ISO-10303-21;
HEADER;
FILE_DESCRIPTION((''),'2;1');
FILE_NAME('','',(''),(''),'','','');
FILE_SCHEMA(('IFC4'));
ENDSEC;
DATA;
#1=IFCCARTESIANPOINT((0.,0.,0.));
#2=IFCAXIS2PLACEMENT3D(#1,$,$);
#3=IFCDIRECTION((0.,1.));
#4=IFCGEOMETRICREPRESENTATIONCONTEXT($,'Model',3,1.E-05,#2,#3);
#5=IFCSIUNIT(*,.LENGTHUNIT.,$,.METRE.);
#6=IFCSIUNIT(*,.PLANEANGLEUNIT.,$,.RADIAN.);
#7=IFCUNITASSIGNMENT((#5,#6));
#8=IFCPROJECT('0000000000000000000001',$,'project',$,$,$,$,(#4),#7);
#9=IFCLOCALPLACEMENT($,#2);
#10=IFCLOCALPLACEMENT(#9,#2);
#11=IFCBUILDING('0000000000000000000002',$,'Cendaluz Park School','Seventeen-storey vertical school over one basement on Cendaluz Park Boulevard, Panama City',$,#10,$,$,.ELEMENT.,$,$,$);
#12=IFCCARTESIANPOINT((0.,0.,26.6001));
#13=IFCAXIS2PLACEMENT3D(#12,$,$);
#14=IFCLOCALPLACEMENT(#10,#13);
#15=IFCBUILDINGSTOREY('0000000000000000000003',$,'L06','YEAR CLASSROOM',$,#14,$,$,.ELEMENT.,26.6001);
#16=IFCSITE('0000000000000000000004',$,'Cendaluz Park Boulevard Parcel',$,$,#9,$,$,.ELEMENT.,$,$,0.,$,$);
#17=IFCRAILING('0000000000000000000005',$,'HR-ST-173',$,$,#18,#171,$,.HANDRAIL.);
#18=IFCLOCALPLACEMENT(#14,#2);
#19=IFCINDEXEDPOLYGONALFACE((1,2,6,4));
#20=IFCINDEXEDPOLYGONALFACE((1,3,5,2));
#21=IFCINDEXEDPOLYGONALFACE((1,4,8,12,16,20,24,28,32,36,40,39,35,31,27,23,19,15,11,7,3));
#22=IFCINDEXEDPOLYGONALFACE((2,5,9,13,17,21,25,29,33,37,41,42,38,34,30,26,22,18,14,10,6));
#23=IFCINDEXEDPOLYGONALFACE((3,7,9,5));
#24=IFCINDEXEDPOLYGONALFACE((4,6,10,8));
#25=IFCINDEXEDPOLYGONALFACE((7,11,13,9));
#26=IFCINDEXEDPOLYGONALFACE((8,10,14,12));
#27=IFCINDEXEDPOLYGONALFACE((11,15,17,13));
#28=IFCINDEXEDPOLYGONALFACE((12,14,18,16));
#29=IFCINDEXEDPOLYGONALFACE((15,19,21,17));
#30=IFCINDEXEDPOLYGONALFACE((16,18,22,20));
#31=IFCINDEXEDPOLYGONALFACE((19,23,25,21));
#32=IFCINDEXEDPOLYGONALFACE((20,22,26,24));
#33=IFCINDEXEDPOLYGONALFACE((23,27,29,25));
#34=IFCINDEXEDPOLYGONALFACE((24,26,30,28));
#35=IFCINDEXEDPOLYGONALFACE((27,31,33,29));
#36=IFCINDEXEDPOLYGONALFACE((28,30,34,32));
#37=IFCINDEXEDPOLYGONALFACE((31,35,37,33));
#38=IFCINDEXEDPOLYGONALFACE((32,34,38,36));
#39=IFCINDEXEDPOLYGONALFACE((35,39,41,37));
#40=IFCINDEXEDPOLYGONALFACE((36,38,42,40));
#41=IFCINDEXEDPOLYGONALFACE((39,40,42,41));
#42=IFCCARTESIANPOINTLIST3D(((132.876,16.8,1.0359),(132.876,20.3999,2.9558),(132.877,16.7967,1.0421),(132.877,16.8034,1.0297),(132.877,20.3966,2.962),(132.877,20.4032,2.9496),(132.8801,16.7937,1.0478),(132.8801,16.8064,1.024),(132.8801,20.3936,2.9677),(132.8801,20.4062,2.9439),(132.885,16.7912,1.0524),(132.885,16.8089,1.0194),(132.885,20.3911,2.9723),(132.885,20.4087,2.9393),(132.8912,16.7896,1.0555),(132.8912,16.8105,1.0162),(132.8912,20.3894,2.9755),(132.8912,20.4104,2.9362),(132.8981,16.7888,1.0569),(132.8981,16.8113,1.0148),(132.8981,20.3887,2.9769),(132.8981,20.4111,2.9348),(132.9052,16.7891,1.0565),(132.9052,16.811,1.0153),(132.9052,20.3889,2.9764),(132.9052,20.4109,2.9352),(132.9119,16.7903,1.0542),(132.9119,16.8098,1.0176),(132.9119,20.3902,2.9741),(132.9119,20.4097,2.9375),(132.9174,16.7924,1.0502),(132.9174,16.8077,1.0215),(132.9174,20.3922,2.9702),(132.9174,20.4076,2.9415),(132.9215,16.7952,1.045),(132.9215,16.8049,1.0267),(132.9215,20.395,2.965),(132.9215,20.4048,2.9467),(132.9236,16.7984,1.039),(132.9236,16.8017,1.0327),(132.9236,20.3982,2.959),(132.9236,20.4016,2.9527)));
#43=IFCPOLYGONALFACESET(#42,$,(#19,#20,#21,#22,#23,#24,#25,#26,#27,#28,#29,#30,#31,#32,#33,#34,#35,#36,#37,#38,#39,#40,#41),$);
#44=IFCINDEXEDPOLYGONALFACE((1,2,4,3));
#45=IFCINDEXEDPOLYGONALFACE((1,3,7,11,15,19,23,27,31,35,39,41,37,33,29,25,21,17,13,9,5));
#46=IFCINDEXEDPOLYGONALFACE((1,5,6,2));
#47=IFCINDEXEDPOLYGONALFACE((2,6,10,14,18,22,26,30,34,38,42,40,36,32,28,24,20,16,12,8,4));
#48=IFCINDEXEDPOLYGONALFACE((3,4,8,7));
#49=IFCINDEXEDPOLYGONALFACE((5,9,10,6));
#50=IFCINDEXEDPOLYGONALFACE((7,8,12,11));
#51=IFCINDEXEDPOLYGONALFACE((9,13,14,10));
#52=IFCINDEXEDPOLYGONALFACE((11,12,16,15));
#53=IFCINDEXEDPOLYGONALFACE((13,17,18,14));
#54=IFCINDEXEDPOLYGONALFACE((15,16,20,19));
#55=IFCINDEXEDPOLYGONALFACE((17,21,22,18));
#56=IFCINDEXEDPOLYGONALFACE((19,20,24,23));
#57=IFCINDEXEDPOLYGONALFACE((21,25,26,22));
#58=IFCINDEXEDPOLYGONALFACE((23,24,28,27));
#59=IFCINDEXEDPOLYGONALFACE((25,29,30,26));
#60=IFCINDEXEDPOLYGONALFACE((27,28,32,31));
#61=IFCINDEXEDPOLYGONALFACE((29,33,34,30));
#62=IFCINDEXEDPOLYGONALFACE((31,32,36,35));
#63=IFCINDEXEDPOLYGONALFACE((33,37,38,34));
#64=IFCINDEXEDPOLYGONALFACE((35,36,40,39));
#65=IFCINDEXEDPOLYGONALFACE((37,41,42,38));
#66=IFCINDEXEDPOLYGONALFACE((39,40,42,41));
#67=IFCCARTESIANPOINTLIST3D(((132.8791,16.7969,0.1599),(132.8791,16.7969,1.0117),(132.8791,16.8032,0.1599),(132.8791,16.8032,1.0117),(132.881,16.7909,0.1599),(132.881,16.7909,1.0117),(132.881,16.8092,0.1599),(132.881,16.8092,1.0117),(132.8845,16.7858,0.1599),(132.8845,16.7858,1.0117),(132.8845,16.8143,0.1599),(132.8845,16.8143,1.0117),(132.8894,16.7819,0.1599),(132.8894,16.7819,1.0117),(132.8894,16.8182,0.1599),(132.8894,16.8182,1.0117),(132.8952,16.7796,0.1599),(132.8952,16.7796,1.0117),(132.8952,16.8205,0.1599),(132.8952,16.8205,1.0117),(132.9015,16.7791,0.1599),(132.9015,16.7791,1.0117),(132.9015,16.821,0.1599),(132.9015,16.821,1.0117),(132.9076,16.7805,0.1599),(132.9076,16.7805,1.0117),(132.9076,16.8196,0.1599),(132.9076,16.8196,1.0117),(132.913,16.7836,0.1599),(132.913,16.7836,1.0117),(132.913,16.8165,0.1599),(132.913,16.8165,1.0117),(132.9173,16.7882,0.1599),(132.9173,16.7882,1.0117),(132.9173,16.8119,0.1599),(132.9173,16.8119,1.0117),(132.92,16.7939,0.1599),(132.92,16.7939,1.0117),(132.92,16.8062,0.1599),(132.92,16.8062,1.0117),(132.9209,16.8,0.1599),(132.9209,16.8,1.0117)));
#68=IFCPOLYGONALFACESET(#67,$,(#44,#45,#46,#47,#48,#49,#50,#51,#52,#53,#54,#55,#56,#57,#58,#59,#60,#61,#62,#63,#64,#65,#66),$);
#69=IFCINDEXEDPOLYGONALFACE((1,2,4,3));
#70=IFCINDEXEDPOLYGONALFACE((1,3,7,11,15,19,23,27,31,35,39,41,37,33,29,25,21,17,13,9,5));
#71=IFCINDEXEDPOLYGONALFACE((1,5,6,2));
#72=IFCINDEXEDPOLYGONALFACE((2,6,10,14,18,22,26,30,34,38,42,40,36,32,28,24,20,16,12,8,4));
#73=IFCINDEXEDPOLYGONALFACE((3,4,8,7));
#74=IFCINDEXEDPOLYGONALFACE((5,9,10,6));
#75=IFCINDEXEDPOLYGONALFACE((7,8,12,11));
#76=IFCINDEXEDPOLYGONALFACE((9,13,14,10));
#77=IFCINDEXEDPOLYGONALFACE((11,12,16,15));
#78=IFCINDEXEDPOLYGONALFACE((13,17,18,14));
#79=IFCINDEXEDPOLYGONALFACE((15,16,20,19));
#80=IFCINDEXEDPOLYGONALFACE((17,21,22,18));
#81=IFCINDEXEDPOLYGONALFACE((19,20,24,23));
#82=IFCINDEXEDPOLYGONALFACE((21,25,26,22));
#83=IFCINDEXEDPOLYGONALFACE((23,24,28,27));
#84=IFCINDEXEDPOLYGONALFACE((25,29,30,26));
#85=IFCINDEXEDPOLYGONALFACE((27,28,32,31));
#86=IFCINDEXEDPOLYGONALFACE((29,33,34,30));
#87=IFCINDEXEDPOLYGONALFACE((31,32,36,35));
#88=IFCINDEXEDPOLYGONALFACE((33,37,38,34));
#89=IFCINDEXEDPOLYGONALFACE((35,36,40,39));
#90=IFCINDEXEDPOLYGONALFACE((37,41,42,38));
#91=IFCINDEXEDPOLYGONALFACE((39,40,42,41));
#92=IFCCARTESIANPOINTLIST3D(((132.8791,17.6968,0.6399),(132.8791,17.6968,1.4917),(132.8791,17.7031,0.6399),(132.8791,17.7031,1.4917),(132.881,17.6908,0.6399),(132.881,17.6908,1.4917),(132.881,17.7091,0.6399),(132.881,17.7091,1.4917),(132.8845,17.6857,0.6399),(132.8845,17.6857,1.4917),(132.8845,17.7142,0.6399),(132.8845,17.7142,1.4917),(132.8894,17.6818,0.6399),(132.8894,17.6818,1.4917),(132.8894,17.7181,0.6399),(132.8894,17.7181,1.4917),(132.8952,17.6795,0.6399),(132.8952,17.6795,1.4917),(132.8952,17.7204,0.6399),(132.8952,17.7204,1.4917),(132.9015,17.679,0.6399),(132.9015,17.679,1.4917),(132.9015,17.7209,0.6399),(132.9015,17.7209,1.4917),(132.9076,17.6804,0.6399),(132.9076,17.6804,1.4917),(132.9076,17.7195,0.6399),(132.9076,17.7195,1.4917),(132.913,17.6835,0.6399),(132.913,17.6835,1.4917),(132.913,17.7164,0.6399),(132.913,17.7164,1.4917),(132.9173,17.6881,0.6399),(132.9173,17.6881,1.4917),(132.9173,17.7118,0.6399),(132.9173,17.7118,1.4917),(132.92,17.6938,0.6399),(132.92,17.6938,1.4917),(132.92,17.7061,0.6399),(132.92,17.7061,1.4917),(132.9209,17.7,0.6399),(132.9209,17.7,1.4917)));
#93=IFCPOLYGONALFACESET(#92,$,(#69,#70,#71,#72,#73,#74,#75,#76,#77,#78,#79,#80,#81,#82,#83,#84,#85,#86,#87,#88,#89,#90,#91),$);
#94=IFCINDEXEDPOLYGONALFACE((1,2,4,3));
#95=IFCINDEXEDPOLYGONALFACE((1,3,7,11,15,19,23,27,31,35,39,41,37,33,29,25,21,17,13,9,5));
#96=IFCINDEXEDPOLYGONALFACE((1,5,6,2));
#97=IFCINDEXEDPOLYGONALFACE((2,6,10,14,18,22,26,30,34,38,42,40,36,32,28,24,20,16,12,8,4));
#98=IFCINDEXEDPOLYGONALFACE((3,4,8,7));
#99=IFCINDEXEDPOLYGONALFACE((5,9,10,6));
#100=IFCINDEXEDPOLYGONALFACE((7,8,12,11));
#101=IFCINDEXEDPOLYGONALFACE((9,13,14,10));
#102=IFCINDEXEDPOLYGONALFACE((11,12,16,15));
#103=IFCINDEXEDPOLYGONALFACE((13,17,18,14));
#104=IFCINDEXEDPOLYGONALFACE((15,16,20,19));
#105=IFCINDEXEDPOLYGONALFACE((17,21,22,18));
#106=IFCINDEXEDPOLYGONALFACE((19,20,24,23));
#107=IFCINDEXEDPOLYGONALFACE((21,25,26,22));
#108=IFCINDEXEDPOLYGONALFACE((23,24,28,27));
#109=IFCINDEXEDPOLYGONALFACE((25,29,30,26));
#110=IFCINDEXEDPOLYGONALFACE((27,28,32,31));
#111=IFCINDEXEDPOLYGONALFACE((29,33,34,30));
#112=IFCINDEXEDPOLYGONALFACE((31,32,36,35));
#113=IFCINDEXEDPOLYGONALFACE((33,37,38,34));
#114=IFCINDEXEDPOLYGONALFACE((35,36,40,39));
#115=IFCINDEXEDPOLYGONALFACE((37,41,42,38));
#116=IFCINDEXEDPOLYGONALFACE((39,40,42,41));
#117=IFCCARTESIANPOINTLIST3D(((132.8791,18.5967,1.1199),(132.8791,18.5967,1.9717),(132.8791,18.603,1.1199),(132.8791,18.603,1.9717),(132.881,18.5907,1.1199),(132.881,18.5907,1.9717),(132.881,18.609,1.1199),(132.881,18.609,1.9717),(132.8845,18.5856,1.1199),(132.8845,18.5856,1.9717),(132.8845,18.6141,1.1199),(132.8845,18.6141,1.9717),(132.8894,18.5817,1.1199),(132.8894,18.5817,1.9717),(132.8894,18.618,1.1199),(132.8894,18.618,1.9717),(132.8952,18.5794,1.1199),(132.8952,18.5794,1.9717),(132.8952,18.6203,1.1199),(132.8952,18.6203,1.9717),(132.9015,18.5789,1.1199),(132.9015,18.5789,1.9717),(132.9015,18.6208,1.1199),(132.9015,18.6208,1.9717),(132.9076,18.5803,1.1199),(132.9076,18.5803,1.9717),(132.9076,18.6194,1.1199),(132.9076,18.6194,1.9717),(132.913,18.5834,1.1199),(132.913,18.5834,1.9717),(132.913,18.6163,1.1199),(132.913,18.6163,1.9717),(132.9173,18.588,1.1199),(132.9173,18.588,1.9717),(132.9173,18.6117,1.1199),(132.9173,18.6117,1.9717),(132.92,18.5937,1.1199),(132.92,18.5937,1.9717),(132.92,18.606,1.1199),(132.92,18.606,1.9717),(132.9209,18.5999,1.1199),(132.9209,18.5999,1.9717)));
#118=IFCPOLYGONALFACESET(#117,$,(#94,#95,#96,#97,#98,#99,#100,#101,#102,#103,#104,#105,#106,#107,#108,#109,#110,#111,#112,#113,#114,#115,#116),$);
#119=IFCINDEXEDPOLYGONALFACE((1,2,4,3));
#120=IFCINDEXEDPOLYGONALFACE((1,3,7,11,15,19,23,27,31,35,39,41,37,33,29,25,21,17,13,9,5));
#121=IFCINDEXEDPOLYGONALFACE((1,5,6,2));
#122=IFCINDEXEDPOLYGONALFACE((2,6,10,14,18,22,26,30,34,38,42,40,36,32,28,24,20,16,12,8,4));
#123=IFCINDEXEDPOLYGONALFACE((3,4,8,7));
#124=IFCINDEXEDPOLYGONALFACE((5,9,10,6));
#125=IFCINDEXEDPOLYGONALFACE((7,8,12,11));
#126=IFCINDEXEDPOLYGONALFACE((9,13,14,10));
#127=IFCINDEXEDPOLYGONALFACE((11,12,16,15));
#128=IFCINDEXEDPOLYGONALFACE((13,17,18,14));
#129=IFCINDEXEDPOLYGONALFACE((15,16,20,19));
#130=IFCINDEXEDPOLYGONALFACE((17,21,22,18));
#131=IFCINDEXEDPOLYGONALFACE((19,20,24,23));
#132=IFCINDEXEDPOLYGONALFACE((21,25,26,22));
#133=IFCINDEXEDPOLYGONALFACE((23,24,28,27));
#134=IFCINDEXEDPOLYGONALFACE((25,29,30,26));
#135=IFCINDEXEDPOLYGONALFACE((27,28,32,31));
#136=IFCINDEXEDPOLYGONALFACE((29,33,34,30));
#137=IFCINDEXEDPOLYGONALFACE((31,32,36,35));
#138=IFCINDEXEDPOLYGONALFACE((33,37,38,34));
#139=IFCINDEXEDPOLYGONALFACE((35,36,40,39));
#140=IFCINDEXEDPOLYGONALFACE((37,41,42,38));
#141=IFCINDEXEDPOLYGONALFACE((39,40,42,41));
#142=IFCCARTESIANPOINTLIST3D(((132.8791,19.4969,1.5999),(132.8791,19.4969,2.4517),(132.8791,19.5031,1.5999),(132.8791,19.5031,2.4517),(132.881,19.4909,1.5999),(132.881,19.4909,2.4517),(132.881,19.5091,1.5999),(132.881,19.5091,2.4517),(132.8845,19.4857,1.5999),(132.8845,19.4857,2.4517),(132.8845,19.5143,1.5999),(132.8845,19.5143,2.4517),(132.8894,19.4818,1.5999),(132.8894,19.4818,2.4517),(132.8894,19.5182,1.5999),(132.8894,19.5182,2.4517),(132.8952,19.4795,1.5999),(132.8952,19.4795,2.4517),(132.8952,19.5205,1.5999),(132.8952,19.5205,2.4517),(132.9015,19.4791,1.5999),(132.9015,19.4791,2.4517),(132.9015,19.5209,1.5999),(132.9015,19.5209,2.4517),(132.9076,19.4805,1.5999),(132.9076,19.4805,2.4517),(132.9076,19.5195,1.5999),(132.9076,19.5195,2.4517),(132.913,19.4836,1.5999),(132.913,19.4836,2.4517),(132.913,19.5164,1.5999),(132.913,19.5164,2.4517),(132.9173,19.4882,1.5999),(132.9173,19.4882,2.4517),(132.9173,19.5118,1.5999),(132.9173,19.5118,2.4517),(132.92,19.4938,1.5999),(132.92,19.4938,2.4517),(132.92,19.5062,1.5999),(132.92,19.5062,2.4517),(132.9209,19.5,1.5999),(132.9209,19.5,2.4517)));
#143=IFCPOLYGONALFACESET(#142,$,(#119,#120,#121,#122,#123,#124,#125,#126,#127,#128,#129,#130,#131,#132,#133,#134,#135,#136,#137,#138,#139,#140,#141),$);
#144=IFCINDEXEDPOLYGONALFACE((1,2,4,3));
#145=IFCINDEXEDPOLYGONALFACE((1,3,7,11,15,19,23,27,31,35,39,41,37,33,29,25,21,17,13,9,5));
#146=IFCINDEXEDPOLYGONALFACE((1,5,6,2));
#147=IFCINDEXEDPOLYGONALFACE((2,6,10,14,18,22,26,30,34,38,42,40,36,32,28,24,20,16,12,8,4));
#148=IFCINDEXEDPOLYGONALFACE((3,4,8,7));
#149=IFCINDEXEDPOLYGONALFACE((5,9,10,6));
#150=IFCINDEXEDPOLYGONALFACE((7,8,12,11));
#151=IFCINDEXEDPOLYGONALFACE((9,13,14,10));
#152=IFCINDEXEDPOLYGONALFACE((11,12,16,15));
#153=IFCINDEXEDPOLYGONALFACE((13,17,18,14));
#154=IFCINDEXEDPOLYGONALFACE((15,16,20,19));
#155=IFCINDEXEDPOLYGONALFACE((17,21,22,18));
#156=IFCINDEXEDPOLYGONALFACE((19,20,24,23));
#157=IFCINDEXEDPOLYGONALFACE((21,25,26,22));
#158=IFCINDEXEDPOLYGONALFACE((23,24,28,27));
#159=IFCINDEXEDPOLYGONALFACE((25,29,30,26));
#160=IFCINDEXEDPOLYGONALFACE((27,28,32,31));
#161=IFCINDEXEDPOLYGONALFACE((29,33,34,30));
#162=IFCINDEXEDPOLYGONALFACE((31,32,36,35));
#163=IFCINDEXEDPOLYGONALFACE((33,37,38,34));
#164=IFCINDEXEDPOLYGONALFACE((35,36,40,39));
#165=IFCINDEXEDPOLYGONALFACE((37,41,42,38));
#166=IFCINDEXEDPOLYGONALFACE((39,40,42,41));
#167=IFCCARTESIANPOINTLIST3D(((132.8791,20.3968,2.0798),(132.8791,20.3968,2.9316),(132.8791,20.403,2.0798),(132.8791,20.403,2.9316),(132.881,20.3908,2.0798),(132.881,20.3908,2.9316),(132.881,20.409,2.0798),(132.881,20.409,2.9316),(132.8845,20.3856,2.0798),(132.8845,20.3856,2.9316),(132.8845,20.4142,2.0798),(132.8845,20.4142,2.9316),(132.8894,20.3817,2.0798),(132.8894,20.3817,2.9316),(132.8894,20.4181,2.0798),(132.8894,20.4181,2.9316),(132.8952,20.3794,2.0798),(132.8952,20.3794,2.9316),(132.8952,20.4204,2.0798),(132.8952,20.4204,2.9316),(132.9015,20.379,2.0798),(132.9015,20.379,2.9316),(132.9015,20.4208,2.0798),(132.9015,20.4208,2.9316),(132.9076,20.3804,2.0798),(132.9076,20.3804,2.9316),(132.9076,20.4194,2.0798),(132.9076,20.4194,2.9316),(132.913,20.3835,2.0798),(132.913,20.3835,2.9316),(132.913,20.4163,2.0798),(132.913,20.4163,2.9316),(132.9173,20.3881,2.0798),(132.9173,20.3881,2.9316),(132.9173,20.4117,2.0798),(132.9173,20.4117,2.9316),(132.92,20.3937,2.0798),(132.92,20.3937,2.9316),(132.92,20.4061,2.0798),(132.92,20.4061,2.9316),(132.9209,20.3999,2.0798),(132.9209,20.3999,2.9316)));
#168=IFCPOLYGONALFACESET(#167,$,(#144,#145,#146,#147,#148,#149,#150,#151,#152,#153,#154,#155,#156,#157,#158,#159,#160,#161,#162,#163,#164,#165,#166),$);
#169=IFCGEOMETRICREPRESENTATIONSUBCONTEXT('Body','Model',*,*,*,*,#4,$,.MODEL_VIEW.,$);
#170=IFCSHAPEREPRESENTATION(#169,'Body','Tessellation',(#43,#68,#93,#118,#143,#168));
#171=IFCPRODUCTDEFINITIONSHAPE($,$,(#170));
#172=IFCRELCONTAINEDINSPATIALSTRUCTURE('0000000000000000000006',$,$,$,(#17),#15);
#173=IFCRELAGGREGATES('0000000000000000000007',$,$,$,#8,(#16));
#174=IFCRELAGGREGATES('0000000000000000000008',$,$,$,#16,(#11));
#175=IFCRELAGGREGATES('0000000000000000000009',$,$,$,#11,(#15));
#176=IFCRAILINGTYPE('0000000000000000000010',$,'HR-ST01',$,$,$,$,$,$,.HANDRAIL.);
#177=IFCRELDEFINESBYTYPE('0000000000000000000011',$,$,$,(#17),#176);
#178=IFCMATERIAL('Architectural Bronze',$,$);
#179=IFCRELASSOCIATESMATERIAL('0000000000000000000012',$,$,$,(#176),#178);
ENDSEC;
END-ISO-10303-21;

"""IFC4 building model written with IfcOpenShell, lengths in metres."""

from ifc_helpers import new_model, si_unit, direction, frame, origin, origin_2d, place, context, subcontext, project, spatial, circle, extrude, material, type_object, element, save


model = new_model("IFC4")

# Units and contexts
model_context = context("Model", 3, precision=1e-05, world=origin(), true_north=direction((0.0, 1.0)))
body_context = subcontext(model_context, "Body", "Model", "MODEL_VIEW")
ifc_project = project(units=[si_unit("LENGTHUNIT", "METRE"), si_unit("PLANEANGLEUNIT", "RADIAN")], contexts=[model_context])

# Site, building, storey
site_placement = place(None, origin())
site = spatial("IfcSite", under=ifc_project, at=site_placement, Name="Cendaluz Park Boulevard Parcel", CompositionType="ELEMENT", RefElevation=0.0)
building_placement = place(site_placement, origin())
building = spatial("IfcBuilding", under=site, at=building_placement, Name="Cendaluz Park School", Description="Seventeen-storey vertical school over one basement on Cendaluz Park Boulevard, Panama City", CompositionType="ELEMENT")
storey_placement = place(building_placement, frame((0.0, 0.0, 26.6001)))
storey = spatial("IfcBuildingStorey", under=building, at=storey_placement, Name="L06", Description="YEAR CLASSROOM", CompositionType="ELEMENT", Elevation=26.6001)

# Railing
ifc_material_1 = material(Name="Architectural Bronze")
railing_type_1 = type_object("IfcRailingType", Name="HR-ST01", PredefinedType="HANDRAIL", material=ifc_material_1)
railing_1_placement = place(storey_placement, frame((132.8999, 16.8, 0.1599)))
element("IfcRailing", 1, at=railing_1_placement, inside=storey, type_object=railing_type_1, Name="HR-ST-173", PredefinedType="HANDRAIL", context=body_context, shape_type="SweptSolid", body=[
    extrude(circle(Radius=0.0239, at=origin_2d()), frame((0.0, 0.0, 0.876), z_axis=(0.0, 0.882353, 0.470588), x_axis=(-1.0, 0.0, 0.0)), (0.0, 0.0, 1.0), 4.0798),
    extrude(circle(Radius=0.021, at=origin_2d()), origin(), (0.0, 0.0, 1.0), 0.8518),
    extrude(circle(Radius=0.021, at=origin_2d()), frame((0.0, 0.8999, 0.48)), (0.0, 0.0, 1.0), 0.8518),
    extrude(circle(Radius=0.021, at=origin_2d()), frame((0.0, 1.7998, 0.96)), (0.0, 0.0, 1.0), 0.8518),
    extrude(circle(Radius=0.021, at=origin_2d()), frame((0.0, 2.7, 1.4399)), (0.0, 0.0, 1.0), 0.8518),
    extrude(circle(Radius=0.021, at=origin_2d()), frame((0.0, 3.5999, 1.9199)), (0.0, 0.0, 1.0), 0.8518),
])

save(model, "model.ifc")
